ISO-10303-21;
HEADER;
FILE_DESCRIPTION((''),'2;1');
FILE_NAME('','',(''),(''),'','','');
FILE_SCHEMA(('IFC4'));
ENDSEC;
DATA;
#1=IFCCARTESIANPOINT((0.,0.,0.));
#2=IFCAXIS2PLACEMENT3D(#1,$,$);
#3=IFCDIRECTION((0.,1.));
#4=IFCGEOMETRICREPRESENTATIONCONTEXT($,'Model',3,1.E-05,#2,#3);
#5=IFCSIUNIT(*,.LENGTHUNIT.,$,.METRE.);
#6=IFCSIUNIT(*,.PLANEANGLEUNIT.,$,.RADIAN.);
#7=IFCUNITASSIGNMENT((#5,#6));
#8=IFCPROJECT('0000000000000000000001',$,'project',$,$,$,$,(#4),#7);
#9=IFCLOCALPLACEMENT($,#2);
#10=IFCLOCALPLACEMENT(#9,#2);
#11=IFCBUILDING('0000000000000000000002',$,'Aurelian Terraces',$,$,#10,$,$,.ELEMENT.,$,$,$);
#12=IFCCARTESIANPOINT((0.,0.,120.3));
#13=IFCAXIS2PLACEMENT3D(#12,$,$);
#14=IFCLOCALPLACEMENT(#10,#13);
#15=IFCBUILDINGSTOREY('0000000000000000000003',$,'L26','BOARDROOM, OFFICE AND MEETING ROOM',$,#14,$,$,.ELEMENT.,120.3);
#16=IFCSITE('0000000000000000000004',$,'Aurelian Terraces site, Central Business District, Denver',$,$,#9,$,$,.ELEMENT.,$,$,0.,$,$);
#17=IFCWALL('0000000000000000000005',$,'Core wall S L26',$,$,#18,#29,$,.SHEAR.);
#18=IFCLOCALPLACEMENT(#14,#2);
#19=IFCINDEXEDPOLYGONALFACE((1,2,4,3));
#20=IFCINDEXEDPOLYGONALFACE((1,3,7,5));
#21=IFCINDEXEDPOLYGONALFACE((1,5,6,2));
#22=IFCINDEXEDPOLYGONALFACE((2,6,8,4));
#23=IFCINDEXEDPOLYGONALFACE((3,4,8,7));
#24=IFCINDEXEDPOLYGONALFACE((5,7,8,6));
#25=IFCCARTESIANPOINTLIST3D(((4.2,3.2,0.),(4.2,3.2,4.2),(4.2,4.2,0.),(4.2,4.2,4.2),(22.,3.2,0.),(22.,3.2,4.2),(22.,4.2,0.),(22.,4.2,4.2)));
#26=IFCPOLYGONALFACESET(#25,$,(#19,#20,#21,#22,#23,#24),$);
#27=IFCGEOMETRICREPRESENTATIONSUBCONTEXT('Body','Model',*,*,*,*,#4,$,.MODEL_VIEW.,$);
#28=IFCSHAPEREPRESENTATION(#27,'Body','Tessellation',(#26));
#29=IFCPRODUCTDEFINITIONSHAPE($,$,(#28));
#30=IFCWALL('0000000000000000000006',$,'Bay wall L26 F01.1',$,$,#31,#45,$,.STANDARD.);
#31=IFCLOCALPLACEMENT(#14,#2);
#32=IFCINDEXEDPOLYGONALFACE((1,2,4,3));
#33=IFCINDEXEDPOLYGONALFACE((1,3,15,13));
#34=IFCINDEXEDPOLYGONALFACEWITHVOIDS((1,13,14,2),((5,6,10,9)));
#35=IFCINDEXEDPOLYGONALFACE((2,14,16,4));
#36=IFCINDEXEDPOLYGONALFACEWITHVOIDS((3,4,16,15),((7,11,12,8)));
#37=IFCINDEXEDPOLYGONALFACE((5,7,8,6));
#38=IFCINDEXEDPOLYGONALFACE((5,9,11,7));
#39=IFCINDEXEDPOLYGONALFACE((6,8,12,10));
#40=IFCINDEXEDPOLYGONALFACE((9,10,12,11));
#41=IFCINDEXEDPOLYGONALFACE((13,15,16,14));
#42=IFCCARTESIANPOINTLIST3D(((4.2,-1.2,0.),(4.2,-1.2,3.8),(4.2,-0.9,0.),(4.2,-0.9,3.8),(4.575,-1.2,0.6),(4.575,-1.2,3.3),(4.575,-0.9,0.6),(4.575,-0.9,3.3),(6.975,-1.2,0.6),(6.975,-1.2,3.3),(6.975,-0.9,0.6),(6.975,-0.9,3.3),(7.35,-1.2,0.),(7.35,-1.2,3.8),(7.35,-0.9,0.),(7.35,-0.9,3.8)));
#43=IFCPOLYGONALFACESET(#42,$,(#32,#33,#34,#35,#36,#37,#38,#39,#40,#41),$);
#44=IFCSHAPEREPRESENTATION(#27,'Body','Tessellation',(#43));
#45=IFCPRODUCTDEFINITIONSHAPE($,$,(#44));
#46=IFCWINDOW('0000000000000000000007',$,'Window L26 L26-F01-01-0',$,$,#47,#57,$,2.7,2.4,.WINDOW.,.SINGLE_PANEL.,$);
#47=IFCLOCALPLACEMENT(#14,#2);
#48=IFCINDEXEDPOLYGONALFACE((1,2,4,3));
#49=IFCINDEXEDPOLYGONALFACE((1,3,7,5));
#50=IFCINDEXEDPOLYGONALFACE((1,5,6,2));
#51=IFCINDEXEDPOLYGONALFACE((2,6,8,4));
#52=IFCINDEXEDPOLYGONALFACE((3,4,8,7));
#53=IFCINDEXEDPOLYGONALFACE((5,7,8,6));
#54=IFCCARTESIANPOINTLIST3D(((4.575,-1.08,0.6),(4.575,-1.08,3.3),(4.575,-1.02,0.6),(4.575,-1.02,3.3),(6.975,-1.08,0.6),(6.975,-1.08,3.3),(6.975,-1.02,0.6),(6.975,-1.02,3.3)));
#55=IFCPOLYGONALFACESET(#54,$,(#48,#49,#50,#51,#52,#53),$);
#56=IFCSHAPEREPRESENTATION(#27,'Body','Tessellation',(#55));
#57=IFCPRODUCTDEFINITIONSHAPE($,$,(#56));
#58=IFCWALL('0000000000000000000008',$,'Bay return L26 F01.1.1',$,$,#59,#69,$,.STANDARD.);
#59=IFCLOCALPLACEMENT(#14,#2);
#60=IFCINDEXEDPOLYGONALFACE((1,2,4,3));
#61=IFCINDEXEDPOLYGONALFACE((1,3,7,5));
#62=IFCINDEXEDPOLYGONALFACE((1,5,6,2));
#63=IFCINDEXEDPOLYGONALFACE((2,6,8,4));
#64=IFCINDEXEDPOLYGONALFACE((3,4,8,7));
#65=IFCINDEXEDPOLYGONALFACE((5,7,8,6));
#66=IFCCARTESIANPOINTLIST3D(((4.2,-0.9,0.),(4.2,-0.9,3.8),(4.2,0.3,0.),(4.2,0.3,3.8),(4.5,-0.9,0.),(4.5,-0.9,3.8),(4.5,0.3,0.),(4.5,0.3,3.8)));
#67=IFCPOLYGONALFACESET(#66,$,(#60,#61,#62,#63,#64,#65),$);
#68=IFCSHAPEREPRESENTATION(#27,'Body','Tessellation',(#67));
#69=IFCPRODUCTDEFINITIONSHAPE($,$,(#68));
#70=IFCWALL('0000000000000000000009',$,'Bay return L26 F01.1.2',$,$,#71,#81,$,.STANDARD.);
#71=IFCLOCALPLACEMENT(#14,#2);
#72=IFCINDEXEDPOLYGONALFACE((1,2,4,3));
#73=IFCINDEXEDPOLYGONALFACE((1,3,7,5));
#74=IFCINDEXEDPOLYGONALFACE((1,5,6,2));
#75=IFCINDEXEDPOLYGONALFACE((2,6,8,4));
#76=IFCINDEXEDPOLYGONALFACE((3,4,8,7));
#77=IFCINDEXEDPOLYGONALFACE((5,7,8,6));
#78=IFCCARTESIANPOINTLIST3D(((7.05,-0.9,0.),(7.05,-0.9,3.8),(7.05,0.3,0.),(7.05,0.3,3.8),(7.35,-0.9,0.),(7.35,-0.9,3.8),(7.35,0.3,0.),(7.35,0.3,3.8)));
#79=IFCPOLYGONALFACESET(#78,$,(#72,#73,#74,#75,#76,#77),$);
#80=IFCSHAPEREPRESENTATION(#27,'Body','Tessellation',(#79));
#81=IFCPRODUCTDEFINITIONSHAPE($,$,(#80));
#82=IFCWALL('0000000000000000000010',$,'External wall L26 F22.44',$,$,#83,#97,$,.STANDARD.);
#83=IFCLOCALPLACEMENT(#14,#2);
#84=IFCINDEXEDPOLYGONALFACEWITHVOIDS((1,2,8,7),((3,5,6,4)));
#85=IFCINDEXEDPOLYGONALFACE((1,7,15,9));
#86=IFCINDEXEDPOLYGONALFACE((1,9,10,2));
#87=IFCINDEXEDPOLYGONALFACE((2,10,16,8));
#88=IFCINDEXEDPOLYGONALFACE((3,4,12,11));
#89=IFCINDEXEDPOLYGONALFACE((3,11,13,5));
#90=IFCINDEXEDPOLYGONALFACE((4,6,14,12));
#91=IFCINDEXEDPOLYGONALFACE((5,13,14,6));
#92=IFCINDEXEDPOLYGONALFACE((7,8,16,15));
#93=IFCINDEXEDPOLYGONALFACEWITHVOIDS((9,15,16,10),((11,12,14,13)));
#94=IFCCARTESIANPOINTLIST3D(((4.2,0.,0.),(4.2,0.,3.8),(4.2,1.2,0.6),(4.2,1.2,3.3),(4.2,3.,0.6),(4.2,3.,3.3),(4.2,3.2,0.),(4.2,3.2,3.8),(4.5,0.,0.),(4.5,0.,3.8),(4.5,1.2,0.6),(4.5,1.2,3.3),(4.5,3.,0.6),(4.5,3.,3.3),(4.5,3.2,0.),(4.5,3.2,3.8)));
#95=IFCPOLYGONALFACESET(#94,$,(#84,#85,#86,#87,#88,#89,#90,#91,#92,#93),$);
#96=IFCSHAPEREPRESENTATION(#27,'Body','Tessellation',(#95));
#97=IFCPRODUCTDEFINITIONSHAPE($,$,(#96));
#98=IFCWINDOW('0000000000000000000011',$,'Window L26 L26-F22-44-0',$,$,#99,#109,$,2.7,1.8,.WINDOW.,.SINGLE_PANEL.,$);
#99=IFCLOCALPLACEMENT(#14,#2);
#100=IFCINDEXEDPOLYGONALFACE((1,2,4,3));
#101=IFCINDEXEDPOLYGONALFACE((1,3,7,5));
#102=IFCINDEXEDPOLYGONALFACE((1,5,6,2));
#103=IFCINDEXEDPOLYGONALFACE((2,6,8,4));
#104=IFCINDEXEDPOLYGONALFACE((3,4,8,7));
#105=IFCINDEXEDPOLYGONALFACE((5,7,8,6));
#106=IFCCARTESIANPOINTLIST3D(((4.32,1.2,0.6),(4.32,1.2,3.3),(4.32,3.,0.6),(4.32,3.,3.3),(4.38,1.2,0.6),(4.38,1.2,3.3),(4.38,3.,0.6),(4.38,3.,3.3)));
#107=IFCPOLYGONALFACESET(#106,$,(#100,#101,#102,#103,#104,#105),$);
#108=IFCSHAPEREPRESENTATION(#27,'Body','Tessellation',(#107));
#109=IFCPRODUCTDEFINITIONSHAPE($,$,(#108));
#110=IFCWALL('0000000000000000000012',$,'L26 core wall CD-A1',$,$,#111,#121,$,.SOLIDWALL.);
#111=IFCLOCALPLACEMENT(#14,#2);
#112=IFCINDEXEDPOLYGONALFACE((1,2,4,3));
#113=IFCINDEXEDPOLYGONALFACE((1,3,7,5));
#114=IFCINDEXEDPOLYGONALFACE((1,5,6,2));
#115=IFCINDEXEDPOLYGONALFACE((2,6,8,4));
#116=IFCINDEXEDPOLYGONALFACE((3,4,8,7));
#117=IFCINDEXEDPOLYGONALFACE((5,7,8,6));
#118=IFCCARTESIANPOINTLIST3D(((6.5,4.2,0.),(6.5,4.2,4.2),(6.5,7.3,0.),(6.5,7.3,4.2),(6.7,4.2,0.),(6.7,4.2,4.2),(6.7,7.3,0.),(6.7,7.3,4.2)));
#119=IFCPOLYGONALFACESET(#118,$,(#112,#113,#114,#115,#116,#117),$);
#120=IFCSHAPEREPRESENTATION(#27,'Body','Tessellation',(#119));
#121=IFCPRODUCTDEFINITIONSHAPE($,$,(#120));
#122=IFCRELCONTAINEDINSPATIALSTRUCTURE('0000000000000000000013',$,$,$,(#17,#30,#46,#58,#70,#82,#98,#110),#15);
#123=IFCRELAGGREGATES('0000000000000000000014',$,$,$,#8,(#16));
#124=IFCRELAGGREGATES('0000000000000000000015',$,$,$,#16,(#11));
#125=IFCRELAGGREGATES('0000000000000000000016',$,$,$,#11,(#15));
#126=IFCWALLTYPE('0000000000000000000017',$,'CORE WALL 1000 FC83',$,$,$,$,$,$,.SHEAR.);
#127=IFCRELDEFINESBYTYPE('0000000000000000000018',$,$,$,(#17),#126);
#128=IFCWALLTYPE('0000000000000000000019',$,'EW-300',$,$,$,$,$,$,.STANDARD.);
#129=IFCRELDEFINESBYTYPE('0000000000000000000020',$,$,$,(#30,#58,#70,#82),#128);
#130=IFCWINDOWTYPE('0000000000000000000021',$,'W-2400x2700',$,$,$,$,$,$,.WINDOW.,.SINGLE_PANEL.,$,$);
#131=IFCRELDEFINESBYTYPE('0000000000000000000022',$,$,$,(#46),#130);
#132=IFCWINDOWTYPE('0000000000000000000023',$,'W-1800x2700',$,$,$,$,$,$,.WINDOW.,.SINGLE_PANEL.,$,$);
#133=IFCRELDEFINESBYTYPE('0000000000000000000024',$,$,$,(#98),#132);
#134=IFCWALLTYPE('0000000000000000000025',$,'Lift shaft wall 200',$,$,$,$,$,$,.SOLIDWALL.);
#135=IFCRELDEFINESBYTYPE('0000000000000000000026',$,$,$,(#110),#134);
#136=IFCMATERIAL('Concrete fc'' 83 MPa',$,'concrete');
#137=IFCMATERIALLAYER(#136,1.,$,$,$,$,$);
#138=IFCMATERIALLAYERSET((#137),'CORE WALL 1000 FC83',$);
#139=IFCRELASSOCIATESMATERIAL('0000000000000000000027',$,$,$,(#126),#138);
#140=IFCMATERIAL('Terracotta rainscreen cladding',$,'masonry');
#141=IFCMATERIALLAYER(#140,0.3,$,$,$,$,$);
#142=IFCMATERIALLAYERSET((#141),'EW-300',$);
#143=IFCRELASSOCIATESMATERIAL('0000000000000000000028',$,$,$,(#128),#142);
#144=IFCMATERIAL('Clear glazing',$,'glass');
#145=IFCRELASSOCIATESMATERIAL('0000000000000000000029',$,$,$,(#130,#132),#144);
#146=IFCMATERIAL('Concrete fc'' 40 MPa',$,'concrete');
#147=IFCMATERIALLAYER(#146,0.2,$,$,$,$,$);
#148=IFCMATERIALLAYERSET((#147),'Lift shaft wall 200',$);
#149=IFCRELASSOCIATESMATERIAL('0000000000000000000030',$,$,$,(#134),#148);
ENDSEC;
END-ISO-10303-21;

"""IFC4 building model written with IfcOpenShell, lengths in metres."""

from ifc_helpers import new_model, si_unit, direction, frame, frame_2d, origin, place, context, subcontext, project, spatial, rectangle, extrude, source, transform, mapped, material, layer, layer_set, type_object, element, fill, save


model = new_model("IFC4")

# Units and contexts
model_context = context("Model", 3, precision=1e-05, world=origin(), true_north=direction((0.0, 1.0)))
body_context = subcontext(model_context, "Body", "Model", "MODEL_VIEW")
ifc_project = project(units=[si_unit("LENGTHUNIT", "METRE"), si_unit("PLANEANGLEUNIT", "RADIAN")], contexts=[model_context])

# Site, building, storey
site_placement = place(None, origin())
site = spatial("IfcSite", under=ifc_project, at=site_placement, Name="Aurelian Terraces site, Central Business District, Denver", CompositionType="ELEMENT", RefElevation=0.0)
building_placement = place(site_placement, origin())
building = spatial("IfcBuilding", under=site, at=building_placement, Name="Aurelian Terraces", CompositionType="ELEMENT")
storey_placement = place(building_placement, frame((0.0, 0.0, 120.3)))
storey = spatial("IfcBuildingStorey", under=building, at=storey_placement, Name="L26", Description="BOARDROOM, OFFICE AND MEETING ROOM", CompositionType="ELEMENT", Elevation=120.3)

# Wall
ifc_material_1 = material(Name="Concrete fc' 83 MPa", Category="concrete")
ifc_layer_1 = layer(ifc_material_1, 1.0)
ifc_layer_set_1 = layer_set([ifc_layer_1], Name="CORE WALL 1000 FC83")
wall_type_1 = type_object("IfcWallType", Name="CORE WALL 1000 FC83", PredefinedType="SHEAR", material=ifc_layer_set_1)
shared_shape_1 = source(origin(), body_context, "Body", "SweptSolid", [
    extrude(rectangle(XDim=17.8, YDim=1.0, at=frame_2d((8.9, 0.0))), origin(), (0.0, 0.0, 1.0), 4.2),
])
wall_1_placement = place(storey_placement, frame((4.2, 3.7, 0.0), z_axis=(0.0, 0.0, 1.0), x_axis=(1.0, 0.0, 0.0)))
element("IfcWall", 1, at=wall_1_placement, inside=storey, type_object=wall_type_1, Name="Core wall S L26", PredefinedType="SHEAR", context=body_context, shape_type="MappedRepresentation", body=[
    mapped(shared_shape_1, transform((0.0, 0.0, 0.0), scale=1.0)),
])

# Wall, opening, window
ifc_material_2 = material(Name="Terracotta rainscreen cladding", Category="masonry")
ifc_layer_2 = layer(ifc_material_2, 0.3)
ifc_layer_set_2 = layer_set([ifc_layer_2], Name="EW-300")
wall_type_2 = type_object("IfcWallType", Name="EW-300", PredefinedType="STANDARD", material=ifc_layer_set_2)
shared_shape_2 = source(origin(), body_context, "Body", "SweptSolid", [
    extrude(rectangle(XDim=3.15, YDim=0.3, at=frame_2d((1.575, 0.0))), origin(), (0.0, 0.0, 1.0), 3.8),
])
wall_2_placement = place(storey_placement, frame((4.2, -1.05, 0.0), z_axis=(0.0, 0.0, 1.0), x_axis=(1.0, 0.0, 0.0)))
wall_2 = element("IfcWall", 2, at=wall_2_placement, inside=storey, type_object=wall_type_2, Name="Bay wall L26 F01.1", PredefinedType="STANDARD", context=body_context, shape_type="MappedRepresentation", body=[
    mapped(shared_shape_2, transform((0.0, 0.0, 0.0), scale=1.0)),
])
shared_shape_3 = source(origin(), body_context, "Body", "SweptSolid", [
    extrude(rectangle(XDim=2.4, YDim=2.7, at=frame_2d((1.2, 1.35))), frame((0.0, 0.16, 0.0), z_axis=(0.0, -1.0, 0.0), x_axis=(1.0, 0.0, 0.0)), (0.0, 0.0, 1.0), 0.32),
])
opening_1_placement = place(wall_2_placement, frame((0.375, 0.0, 0.6)))
opening_1 = element("IfcOpeningElement", 3, at=opening_1_placement, cuts=wall_2, PredefinedType="OPENING", context=body_context, shape_type="MappedRepresentation", body=[
    mapped(shared_shape_3, transform((0.0, 0.0, 0.0), scale=1.0)),
])
ifc_material_3 = material(Name="Clear glazing", Category="glass")
window_type_1 = type_object("IfcWindowType", Name="W-2400x2700", PartitioningType="SINGLE_PANEL", PredefinedType="WINDOW", material=ifc_material_3)
shared_shape_4 = source(origin(), body_context, "Body", "SweptSolid", [
    extrude(rectangle(XDim=2.4, YDim=2.7, at=frame_2d((1.2, 1.35))), frame((0.0, 0.03, 0.0), z_axis=(0.0, -1.0, 0.0), x_axis=(1.0, 0.0, 0.0)), (0.0, 0.0, 1.0), 0.06),
])
window_1_placement = place(opening_1_placement, origin())
window_1 = element("IfcWindow", 4, at=window_1_placement, inside=storey, type_object=window_type_1, Name="Window L26 L26-F01-01-0", OverallHeight=2.7, OverallWidth=2.4, PartitioningType="SINGLE_PANEL", PredefinedType="WINDOW", context=body_context, shape_type="MappedRepresentation", body=[
    mapped(shared_shape_4, transform((0.0, 0.0, 0.0), scale=1.0)),
])
fill(opening_1, window_1)

# Walls
shared_shape_5 = source(origin(), body_context, "Body", "SweptSolid", [
    extrude(rectangle(XDim=1.2, YDim=0.3, at=frame_2d((0.6, 0.0))), origin(), (0.0, 0.0, 1.0), 3.8),
])
for number, where, z_axis, x_axis, name in (
    (5, (4.35, 0.3, 0.0), (0.0, 0.0, 1.0), (0.0, -1.0, 0.0), "Bay return L26 F01.1.1"),
    (6, (7.2, 0.3, 0.0), (0.0, 0.0, 1.0), (0.0, -1.0, 0.0), "Bay return L26 F01.1.2"),
):
    element("IfcWall", number, at=place(storey_placement, frame(where, z_axis=z_axis, x_axis=x_axis)), inside=storey, type_object=wall_type_2, Name=name, PredefinedType="STANDARD", context=body_context, shape_type="MappedRepresentation", body=[
        mapped(shared_shape_5, transform((0.0, 0.0, 0.0), scale=1.0)),
    ])

# Wall, opening, window
shared_shape_6 = source(origin(), body_context, "Body", "SweptSolid", [
    extrude(rectangle(XDim=3.2, YDim=0.3, at=frame_2d((1.6, 0.0))), origin(), (0.0, 0.0, 1.0), 3.8),
])
wall_3_placement = place(storey_placement, frame((4.35, 3.2, 0.0), z_axis=(0.0, 0.0, 1.0), x_axis=(0.0, -1.0, 0.0)))
wall_3 = element("IfcWall", 7, at=wall_3_placement, inside=storey, type_object=wall_type_2, Name="External wall L26 F22.44", PredefinedType="STANDARD", context=body_context, shape_type="MappedRepresentation", body=[
    mapped(shared_shape_6, transform((0.0, 0.0, 0.0), scale=1.0)),
])
shared_shape_7 = source(origin(), body_context, "Body", "SweptSolid", [
    extrude(rectangle(XDim=1.8, YDim=2.7, at=frame_2d((0.9, 1.35))), frame((0.0, 0.16, 0.0), z_axis=(0.0, -1.0, 0.0), x_axis=(1.0, 0.0, 0.0)), (0.0, 0.0, 1.0), 0.32),
])
opening_2_placement = place(wall_3_placement, frame((0.2, 0.0, 0.6)))
opening_2 = element("IfcOpeningElement", 8, at=opening_2_placement, cuts=wall_3, PredefinedType="OPENING", context=body_context, shape_type="MappedRepresentation", body=[
    mapped(shared_shape_7, transform((0.0, 0.0, 0.0), scale=1.0)),
])
window_type_2 = type_object("IfcWindowType", Name="W-1800x2700", PartitioningType="SINGLE_PANEL", PredefinedType="WINDOW", material=ifc_material_3)
shared_shape_8 = source(origin(), body_context, "Body", "SweptSolid", [
    extrude(rectangle(XDim=1.8, YDim=2.7, at=frame_2d((0.9, 1.35))), frame((0.0, 0.03, 0.0), z_axis=(0.0, -1.0, 0.0), x_axis=(1.0, 0.0, 0.0)), (0.0, 0.0, 1.0), 0.06),
])
window_2_placement = place(opening_2_placement, origin())
window_2 = element("IfcWindow", 9, at=window_2_placement, inside=storey, type_object=window_type_2, Name="Window L26 L26-F22-44-0", OverallHeight=2.7, OverallWidth=1.8, PartitioningType="SINGLE_PANEL", PredefinedType="WINDOW", context=body_context, shape_type="MappedRepresentation", body=[
    mapped(shared_shape_8, transform((0.0, 0.0, 0.0), scale=1.0)),
])
fill(opening_2, window_2)

# Wall
ifc_material_4 = material(Name="Concrete fc' 40 MPa", Category="concrete")
ifc_layer_3 = layer(ifc_material_4, 0.2)
ifc_layer_set_3 = layer_set([ifc_layer_3], Name="Lift shaft wall 200")
wall_type_3 = type_object("IfcWallType", Name="Lift shaft wall 200", PredefinedType="SOLIDWALL", material=ifc_layer_set_3)
shared_shape_9 = source(origin(), body_context, "Body", "SweptSolid", [
    extrude(rectangle(XDim=3.1, YDim=0.2, at=frame_2d((1.55, 0.0))), origin(), (0.0, 0.0, 1.0), 4.2),
])
wall_4_placement = place(storey_placement, frame((6.6, 4.2, 0.0), z_axis=(0.0, 0.0, 1.0), x_axis=(0.0, 1.0, 0.0)))
element("IfcWall", 10, at=wall_4_placement, inside=storey, type_object=wall_type_3, Name="L26 core wall CD-A1", PredefinedType="SOLIDWALL", context=body_context, shape_type="MappedRepresentation", body=[
    mapped(shared_shape_9, transform((0.0, 0.0, 0.0), scale=1.0)),
])

save(model, "model.ifc")
